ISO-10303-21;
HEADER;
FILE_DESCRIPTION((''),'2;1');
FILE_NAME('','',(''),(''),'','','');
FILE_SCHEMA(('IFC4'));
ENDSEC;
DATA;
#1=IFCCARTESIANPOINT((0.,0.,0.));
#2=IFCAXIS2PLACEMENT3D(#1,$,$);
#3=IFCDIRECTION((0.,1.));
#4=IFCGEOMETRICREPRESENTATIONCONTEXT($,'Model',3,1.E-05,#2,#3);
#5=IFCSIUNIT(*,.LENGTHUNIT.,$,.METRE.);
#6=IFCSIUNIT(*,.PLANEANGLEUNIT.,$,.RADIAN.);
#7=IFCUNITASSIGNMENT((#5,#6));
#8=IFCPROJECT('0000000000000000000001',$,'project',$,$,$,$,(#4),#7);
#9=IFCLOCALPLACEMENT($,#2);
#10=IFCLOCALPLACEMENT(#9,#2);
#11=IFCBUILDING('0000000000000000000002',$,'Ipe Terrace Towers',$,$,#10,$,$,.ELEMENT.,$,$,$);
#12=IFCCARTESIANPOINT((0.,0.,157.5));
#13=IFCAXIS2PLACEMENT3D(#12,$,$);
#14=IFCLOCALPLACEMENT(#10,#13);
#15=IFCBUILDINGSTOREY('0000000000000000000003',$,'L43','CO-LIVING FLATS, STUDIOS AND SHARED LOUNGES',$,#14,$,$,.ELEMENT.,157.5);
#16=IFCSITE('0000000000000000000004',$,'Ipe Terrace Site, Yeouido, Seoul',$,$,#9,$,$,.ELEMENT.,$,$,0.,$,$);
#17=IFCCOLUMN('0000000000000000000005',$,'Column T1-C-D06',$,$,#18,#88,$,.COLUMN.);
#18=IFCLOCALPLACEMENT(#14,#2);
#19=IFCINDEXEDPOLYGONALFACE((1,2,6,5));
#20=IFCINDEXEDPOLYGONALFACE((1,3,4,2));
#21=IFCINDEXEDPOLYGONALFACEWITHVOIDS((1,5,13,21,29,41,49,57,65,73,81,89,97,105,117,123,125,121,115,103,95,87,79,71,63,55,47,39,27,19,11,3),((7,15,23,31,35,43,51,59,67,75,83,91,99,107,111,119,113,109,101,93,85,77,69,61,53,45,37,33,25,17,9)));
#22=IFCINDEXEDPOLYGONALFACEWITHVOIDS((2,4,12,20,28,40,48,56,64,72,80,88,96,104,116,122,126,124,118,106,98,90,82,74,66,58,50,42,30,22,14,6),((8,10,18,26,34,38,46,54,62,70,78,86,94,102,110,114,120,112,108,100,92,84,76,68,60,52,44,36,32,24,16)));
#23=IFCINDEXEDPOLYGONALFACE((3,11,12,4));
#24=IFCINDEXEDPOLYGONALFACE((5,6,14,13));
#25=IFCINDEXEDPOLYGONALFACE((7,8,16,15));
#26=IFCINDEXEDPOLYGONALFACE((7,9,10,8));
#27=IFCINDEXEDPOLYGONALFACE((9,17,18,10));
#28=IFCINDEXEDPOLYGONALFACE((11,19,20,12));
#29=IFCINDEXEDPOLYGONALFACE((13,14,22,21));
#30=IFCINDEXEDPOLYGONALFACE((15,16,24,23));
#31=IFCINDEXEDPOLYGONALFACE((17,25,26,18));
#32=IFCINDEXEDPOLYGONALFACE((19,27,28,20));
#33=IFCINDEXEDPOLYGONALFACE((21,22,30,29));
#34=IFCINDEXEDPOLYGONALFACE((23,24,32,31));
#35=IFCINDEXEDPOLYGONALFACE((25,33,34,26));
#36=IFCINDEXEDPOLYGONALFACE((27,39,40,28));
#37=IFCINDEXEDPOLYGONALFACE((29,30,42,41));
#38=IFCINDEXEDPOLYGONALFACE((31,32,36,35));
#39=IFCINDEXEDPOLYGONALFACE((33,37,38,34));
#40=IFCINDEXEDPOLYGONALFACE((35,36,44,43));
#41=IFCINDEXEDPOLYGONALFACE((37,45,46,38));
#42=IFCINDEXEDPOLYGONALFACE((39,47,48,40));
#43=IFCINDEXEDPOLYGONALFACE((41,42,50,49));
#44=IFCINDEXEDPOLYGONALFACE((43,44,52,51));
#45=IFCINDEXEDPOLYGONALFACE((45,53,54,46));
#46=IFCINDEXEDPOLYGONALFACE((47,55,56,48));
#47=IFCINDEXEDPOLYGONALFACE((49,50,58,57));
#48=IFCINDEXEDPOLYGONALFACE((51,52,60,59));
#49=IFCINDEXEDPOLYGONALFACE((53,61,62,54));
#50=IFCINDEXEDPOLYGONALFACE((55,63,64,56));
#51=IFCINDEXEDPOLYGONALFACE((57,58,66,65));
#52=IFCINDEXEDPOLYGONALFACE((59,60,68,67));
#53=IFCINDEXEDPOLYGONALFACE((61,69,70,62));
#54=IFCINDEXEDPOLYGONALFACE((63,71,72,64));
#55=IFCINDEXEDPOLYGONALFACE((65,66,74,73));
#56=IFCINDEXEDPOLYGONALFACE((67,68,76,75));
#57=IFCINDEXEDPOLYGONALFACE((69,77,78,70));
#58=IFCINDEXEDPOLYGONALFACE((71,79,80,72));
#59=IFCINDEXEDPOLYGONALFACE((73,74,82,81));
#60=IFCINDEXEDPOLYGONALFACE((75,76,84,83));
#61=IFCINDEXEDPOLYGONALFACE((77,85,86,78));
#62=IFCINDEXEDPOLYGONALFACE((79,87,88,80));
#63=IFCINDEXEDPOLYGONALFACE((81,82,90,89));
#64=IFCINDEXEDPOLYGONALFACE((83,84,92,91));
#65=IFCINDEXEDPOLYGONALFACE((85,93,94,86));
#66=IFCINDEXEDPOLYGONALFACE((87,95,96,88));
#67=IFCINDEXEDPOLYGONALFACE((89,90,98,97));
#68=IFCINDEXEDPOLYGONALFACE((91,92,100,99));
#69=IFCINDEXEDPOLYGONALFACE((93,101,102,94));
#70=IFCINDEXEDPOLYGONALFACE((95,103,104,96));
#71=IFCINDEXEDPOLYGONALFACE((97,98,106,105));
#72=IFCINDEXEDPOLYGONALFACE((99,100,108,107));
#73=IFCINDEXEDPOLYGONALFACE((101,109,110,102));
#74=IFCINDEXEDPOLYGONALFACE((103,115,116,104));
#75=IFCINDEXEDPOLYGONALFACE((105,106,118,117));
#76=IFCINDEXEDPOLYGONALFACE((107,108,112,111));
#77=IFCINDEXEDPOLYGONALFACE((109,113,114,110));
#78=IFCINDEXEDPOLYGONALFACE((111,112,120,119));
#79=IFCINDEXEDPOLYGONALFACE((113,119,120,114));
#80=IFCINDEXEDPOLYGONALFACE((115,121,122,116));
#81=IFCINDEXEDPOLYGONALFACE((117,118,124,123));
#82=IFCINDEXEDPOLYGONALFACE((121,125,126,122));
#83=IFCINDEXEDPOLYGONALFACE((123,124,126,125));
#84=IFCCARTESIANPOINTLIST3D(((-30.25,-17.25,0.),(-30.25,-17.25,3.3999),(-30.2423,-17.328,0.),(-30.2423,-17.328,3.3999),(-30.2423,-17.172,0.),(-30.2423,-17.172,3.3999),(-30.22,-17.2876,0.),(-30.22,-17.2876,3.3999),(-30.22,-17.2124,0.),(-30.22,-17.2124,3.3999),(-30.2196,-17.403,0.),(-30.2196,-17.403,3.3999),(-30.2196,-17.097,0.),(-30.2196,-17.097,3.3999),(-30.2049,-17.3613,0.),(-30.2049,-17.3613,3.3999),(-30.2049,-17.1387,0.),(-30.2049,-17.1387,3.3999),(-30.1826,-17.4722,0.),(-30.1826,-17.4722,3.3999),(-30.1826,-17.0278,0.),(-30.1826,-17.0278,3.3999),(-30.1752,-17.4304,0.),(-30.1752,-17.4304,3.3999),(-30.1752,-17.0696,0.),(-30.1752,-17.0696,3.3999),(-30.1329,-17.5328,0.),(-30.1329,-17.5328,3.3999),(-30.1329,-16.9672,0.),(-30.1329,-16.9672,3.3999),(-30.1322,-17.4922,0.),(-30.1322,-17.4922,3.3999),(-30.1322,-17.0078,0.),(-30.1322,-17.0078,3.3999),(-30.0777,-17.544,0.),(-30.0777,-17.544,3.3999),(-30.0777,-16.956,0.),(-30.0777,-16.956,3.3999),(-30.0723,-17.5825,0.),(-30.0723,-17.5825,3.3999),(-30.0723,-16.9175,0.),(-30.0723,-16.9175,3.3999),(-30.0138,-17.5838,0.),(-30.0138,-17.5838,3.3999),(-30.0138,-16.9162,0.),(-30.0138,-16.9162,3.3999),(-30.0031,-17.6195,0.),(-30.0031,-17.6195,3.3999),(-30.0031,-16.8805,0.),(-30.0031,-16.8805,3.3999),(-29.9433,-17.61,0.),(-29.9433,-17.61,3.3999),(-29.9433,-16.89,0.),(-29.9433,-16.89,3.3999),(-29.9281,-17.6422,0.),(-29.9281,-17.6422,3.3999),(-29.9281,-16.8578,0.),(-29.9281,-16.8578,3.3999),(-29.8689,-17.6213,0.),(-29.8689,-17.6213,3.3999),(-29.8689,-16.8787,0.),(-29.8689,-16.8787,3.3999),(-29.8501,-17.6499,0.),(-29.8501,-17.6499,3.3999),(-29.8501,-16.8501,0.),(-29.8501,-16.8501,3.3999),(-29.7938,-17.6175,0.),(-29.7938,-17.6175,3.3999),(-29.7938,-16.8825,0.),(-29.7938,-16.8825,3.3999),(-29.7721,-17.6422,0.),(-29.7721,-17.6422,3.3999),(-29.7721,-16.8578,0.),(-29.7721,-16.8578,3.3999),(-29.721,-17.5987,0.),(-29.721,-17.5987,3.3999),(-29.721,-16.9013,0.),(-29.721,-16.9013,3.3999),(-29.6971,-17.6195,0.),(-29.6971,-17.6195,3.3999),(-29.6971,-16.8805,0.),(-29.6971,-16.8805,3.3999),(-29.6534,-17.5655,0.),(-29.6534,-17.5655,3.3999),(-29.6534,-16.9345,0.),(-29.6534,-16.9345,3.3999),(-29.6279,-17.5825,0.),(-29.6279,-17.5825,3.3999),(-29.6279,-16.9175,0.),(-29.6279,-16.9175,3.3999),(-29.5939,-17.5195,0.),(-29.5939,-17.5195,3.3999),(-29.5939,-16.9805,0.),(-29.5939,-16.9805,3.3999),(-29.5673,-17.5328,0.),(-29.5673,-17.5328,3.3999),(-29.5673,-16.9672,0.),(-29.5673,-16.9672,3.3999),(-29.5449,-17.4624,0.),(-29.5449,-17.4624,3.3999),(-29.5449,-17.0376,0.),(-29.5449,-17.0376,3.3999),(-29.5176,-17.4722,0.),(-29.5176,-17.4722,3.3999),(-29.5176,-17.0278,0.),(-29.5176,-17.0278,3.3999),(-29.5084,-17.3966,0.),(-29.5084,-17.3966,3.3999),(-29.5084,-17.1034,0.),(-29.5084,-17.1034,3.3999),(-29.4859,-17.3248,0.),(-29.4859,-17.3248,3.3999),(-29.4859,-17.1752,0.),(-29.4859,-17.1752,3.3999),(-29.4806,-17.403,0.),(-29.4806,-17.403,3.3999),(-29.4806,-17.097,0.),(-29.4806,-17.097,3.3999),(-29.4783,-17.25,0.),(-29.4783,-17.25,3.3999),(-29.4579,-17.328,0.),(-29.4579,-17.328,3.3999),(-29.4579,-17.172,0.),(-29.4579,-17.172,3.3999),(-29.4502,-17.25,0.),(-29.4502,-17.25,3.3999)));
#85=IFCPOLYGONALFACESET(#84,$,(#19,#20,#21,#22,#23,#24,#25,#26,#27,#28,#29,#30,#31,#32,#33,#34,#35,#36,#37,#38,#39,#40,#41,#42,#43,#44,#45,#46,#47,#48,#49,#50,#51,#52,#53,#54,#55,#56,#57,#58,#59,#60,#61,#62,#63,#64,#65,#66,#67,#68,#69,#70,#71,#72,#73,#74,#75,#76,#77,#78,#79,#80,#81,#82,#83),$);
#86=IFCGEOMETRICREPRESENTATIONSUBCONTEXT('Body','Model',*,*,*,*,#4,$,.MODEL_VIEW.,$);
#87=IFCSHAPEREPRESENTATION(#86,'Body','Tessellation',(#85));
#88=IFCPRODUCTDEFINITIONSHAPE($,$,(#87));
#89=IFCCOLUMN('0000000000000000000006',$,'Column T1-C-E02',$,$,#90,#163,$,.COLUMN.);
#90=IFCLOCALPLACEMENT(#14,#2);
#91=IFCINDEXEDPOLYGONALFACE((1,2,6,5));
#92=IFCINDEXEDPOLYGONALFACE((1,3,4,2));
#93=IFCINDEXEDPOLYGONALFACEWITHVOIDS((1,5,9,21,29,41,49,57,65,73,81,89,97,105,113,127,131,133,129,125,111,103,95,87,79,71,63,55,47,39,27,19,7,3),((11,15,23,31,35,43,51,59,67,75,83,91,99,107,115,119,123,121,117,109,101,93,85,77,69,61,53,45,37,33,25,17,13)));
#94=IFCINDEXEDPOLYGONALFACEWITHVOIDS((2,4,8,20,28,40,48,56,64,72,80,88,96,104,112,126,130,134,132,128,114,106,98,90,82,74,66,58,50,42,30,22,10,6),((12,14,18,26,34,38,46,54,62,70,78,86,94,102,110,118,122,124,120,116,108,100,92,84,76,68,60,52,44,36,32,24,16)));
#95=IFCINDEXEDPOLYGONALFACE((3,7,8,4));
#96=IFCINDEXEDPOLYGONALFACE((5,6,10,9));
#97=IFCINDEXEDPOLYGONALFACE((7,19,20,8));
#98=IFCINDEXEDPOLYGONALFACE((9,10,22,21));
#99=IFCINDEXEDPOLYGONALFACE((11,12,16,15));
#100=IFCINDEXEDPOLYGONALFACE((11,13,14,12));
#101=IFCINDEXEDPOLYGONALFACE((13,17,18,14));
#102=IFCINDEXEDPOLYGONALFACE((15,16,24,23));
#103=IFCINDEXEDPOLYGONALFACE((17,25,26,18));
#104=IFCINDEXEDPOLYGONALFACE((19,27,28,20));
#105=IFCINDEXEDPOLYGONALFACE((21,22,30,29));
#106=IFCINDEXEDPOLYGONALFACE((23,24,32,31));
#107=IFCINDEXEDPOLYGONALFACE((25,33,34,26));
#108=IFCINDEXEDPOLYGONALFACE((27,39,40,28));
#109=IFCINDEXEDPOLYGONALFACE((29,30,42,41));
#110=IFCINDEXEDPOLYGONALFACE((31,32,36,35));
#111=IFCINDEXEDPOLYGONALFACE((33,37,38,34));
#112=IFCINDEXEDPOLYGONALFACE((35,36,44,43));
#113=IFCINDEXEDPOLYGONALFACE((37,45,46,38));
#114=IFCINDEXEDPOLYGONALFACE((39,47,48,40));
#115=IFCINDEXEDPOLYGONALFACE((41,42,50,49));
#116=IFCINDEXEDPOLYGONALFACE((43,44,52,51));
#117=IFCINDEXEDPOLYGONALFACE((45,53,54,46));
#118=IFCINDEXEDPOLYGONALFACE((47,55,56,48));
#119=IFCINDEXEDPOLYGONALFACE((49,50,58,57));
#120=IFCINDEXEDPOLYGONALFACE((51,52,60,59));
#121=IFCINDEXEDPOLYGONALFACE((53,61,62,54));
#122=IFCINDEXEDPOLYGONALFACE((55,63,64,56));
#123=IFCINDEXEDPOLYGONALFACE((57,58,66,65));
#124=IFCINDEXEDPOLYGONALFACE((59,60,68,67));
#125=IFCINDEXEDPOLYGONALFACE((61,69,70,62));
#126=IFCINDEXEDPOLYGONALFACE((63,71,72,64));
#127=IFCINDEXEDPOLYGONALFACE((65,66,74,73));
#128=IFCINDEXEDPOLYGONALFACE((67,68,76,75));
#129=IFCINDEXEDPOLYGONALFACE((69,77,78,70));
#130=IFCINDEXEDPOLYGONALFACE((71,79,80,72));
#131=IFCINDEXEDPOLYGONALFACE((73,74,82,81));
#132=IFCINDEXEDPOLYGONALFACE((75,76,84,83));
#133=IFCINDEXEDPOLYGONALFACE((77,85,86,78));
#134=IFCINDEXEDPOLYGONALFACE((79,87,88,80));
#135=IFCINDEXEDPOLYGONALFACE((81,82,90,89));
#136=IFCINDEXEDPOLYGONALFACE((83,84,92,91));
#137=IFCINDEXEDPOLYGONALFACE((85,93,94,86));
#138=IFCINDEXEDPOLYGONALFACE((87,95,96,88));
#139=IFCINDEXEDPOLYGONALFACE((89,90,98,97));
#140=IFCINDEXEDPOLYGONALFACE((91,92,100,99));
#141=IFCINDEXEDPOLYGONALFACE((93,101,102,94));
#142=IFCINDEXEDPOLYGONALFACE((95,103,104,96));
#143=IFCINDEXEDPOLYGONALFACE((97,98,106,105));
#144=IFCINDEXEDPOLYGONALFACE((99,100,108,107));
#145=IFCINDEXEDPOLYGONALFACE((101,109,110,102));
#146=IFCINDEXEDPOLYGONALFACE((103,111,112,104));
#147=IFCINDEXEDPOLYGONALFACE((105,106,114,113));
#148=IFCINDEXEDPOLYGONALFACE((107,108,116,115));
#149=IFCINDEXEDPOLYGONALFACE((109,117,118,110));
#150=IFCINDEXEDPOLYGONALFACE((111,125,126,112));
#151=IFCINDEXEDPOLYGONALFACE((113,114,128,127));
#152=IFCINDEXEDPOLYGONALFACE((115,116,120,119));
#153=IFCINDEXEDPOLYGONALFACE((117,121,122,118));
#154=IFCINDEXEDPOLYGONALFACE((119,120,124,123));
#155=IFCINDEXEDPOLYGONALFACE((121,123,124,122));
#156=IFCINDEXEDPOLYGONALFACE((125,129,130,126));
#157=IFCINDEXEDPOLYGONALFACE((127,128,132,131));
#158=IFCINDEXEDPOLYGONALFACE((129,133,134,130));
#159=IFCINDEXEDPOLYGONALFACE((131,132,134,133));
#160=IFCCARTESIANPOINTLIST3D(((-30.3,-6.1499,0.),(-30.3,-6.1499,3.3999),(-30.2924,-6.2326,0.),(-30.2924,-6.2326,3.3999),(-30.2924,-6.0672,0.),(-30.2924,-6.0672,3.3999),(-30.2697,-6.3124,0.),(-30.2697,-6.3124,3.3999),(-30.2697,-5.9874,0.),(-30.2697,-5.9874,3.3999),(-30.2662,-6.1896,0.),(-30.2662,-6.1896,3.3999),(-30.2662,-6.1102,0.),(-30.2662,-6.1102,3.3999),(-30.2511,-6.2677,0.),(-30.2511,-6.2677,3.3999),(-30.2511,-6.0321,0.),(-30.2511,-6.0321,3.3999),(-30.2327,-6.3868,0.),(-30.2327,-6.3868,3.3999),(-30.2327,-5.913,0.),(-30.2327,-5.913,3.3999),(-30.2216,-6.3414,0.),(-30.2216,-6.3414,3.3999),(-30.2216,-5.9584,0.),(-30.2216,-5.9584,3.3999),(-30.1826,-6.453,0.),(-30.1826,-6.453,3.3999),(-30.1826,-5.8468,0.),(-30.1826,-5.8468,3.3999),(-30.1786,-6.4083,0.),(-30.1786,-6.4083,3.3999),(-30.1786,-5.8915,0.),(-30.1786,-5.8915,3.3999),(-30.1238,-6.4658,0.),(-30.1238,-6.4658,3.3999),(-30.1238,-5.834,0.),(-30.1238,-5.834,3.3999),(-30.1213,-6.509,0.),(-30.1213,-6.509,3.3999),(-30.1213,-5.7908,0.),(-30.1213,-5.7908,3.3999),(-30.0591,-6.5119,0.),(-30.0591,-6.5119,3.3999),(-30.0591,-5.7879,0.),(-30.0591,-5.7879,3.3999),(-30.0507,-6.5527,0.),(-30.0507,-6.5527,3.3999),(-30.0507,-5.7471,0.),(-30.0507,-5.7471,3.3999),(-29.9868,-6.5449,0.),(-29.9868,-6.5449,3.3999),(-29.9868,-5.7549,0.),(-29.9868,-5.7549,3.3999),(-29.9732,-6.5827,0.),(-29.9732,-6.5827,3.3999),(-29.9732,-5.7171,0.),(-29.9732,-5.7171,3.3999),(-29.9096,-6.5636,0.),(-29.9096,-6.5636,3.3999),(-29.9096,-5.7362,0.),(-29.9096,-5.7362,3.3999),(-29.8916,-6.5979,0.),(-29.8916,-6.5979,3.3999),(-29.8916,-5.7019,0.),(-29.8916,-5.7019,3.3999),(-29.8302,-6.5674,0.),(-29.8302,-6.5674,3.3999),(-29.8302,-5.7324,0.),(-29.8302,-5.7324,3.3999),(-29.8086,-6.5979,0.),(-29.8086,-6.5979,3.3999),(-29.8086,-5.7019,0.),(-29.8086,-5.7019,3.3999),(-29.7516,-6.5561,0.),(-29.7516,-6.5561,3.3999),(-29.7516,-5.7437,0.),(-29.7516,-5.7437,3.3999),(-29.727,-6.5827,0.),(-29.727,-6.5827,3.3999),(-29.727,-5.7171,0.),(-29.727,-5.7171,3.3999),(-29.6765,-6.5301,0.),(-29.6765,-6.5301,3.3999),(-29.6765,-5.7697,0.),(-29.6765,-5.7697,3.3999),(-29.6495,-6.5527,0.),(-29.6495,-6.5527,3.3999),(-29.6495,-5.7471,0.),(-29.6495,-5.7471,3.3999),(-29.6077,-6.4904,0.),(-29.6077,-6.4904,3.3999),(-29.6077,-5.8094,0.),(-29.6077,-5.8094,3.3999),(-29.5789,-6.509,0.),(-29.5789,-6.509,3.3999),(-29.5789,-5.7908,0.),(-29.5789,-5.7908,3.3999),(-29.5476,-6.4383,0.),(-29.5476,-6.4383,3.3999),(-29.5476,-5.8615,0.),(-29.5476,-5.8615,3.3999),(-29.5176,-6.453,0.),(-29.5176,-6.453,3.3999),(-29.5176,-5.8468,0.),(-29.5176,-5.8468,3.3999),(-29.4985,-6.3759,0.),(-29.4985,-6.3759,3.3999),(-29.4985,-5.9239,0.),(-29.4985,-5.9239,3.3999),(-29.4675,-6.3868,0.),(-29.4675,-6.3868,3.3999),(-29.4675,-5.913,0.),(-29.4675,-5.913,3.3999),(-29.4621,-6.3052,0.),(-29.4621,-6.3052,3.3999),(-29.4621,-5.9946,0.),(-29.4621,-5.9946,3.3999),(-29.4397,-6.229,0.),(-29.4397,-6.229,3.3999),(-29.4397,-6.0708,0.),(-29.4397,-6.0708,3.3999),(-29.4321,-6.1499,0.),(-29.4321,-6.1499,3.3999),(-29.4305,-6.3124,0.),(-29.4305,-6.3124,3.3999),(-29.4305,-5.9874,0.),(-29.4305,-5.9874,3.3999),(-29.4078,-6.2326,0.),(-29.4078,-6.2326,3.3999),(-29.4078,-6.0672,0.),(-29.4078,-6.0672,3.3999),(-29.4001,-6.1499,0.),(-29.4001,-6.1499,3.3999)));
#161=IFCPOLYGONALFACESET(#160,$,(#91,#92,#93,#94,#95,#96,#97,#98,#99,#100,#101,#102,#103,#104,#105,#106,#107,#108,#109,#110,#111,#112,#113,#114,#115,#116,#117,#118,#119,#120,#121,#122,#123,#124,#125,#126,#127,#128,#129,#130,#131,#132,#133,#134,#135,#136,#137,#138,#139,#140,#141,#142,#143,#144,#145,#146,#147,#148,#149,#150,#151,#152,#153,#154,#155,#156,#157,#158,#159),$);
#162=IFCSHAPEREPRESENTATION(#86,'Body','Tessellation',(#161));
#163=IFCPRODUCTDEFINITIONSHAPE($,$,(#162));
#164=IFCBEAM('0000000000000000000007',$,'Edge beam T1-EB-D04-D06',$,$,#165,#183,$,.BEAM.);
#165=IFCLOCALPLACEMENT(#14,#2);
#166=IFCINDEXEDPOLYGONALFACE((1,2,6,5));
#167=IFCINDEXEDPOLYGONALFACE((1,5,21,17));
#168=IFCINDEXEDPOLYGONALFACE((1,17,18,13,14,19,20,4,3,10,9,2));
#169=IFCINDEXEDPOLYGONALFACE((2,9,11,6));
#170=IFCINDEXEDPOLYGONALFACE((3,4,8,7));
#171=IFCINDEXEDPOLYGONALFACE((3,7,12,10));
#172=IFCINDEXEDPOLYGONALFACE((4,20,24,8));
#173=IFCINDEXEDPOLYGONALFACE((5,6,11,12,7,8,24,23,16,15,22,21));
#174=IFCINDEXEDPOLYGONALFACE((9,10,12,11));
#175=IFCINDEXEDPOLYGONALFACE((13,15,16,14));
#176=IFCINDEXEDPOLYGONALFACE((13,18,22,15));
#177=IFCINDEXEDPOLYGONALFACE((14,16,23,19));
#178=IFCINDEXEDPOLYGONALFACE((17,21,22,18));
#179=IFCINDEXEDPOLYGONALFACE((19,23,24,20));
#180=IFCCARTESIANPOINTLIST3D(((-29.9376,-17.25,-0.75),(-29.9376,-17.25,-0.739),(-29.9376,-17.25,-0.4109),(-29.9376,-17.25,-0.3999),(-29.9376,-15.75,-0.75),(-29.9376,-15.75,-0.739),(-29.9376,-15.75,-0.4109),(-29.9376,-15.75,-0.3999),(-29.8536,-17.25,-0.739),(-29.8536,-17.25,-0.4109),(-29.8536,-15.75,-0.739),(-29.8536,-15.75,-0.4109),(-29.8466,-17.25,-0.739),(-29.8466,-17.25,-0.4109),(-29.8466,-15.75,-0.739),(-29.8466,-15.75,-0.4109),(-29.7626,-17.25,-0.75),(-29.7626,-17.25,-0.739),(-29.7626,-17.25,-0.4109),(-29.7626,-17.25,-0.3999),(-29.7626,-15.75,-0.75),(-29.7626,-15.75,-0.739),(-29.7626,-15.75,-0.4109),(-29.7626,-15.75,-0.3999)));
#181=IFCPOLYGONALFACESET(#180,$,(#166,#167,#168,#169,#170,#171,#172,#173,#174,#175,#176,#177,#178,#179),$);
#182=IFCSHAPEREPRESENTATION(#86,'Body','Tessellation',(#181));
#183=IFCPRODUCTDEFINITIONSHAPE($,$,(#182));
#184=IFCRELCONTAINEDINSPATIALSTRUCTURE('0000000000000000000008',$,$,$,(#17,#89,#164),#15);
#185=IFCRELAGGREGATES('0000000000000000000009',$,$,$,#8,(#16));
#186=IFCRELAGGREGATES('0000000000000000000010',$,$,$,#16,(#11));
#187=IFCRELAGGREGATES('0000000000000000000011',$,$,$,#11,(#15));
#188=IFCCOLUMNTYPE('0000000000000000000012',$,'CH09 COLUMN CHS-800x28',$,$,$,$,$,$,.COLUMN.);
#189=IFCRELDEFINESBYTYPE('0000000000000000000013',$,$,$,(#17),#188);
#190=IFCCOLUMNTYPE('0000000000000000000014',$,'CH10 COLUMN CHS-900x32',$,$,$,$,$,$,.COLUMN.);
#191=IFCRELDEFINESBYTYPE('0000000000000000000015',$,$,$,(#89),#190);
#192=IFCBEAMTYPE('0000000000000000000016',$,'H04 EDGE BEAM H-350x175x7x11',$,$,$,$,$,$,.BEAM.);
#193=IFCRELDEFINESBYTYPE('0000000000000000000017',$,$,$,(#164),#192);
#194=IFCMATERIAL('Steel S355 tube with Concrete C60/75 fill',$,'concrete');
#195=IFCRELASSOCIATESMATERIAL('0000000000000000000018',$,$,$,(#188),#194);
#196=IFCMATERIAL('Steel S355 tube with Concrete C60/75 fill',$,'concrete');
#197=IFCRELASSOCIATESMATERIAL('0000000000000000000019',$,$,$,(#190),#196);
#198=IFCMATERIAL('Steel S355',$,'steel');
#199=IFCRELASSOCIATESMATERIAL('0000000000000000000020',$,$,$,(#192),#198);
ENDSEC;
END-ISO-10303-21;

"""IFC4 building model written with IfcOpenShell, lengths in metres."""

from ifc_helpers import new_model, si_unit, direction, frame, origin, origin_2d, place, context, subcontext, project, spatial, hollow_circle, i_section, extrude, material, material_profile, profile_set, type_object, element, save


model = new_model("IFC4")

# Units and contexts
model_context = context("Model", 3, precision=1e-05, world=origin(), true_north=direction((0.0, 1.0)))
body_context = subcontext(model_context, "Body", "Model", "MODEL_VIEW")
ifc_project = project(units=[si_unit("LENGTHUNIT", "METRE"), si_unit("PLANEANGLEUNIT", "RADIAN")], contexts=[model_context])

# Site, building, storey
site_placement = place(None, origin())
site = spatial("IfcSite", under=ifc_project, at=site_placement, Name="Ipe Terrace Site, Yeouido, Seoul", CompositionType="ELEMENT", RefElevation=0.0)
building_placement = place(site_placement, origin())
building = spatial("IfcBuilding", under=site, at=building_placement, Name="Ipe Terrace Towers", CompositionType="ELEMENT")
storey_placement = place(building_placement, frame((0.0, 0.0, 157.5)))
storey = spatial("IfcBuildingStorey", under=building, at=storey_placement, Name="L43", Description="CO-LIVING FLATS, STUDIOS AND SHARED LOUNGES", CompositionType="ELEMENT", Elevation=157.5)

# Columns
ifc_material_1 = material(Name="Steel S355 tube with Concrete C60/75 fill", Category="concrete")
ifc_material_profile_1 = material_profile(ifc_material_1, hollow_circle(Radius=0.3999, WallThickness=0.0281, at=origin_2d()), Name="CHS-800x28")
ifc_profile_set_1 = profile_set([ifc_material_profile_1], Name="Steel S355 tube with Concrete C60/75 fill")
column_type_1 = type_object("IfcColumnType", Name="CH09 COLUMN CHS-800x28", PredefinedType="COLUMN", material=ifc_profile_set_1)
for number, where, z_axis, x_axis, name in (
    (1, (-29.8501, -17.25, 0.0), (0.0, 0.0, 1.0), (1.0, 0.0, 0.0), "Column T1-C-D06"),
):
    element("IfcColumn", number, at=place(storey_placement, frame(where, z_axis=z_axis, x_axis=x_axis)), inside=storey, type_object=column_type_1, Name=name, PredefinedType="COLUMN", context=body_context, shape_type="SweptSolid", body=[
        extrude(hollow_circle(Radius=0.3999, WallThickness=0.0281, at=origin_2d()), origin(), (0.0, 0.0, 1.0), 3.3999),
    ])
ifc_material_2 = material(Name="Steel S355 tube with Concrete C60/75 fill", Category="concrete")
ifc_material_profile_2 = material_profile(ifc_material_2, hollow_circle(Radius=0.45, WallThickness=0.032, at=origin_2d()), Name="CHS-900x32")
ifc_profile_set_2 = profile_set([ifc_material_profile_2], Name="Steel S355 tube with Concrete C60/75 fill")
column_type_2 = type_object("IfcColumnType", Name="CH10 COLUMN CHS-900x32", PredefinedType="COLUMN", material=ifc_profile_set_2)
column_placement = place(storey_placement, frame((-29.8501, -6.1499, 0.0), z_axis=(0.0, 0.0, 1.0), x_axis=(1.0, 0.0, 0.0)))
element("IfcColumn", 2, at=column_placement, inside=storey, type_object=column_type_2, Name="Column T1-C-E02", PredefinedType="COLUMN", context=body_context, shape_type="SweptSolid", body=[
    extrude(hollow_circle(Radius=0.45, WallThickness=0.032, at=origin_2d()), origin(), (0.0, 0.0, 1.0), 3.3999),
])

# Beam
ifc_material_3 = material(Name="Steel S355", Category="steel")
ifc_material_profile_3 = material_profile(ifc_material_3, i_section(OverallWidth=0.175, OverallDepth=0.3501, WebThickness=0.0071, FlangeThickness=0.011, at=origin_2d()), Name="H-350x175x7x11")
ifc_profile_set_3 = profile_set([ifc_material_profile_3], Name="Steel S355")
beam_type_1 = type_object("IfcBeamType", Name="H04 EDGE BEAM H-350x175x7x11", PredefinedType="BEAM", material=ifc_profile_set_3)
beam_1_placement = place(storey_placement, frame((-29.8501, -15.75, -0.575), z_axis=(0.0, -1.0, 0.0), x_axis=(1.0, 0.0, 0.0)))
element("IfcBeam", 3, at=beam_1_placement, inside=storey, type_object=beam_type_1, Name="Edge beam T1-EB-D04-D06", PredefinedType="BEAM", context=body_context, shape_type="SweptSolid", body=[
    extrude(i_section(OverallWidth=0.175, OverallDepth=0.3501, WebThickness=0.0071, FlangeThickness=0.011, at=origin_2d()), origin(), (0.0, 0.0, 1.0), 1.5),
])

save(model, "model.ifc")
